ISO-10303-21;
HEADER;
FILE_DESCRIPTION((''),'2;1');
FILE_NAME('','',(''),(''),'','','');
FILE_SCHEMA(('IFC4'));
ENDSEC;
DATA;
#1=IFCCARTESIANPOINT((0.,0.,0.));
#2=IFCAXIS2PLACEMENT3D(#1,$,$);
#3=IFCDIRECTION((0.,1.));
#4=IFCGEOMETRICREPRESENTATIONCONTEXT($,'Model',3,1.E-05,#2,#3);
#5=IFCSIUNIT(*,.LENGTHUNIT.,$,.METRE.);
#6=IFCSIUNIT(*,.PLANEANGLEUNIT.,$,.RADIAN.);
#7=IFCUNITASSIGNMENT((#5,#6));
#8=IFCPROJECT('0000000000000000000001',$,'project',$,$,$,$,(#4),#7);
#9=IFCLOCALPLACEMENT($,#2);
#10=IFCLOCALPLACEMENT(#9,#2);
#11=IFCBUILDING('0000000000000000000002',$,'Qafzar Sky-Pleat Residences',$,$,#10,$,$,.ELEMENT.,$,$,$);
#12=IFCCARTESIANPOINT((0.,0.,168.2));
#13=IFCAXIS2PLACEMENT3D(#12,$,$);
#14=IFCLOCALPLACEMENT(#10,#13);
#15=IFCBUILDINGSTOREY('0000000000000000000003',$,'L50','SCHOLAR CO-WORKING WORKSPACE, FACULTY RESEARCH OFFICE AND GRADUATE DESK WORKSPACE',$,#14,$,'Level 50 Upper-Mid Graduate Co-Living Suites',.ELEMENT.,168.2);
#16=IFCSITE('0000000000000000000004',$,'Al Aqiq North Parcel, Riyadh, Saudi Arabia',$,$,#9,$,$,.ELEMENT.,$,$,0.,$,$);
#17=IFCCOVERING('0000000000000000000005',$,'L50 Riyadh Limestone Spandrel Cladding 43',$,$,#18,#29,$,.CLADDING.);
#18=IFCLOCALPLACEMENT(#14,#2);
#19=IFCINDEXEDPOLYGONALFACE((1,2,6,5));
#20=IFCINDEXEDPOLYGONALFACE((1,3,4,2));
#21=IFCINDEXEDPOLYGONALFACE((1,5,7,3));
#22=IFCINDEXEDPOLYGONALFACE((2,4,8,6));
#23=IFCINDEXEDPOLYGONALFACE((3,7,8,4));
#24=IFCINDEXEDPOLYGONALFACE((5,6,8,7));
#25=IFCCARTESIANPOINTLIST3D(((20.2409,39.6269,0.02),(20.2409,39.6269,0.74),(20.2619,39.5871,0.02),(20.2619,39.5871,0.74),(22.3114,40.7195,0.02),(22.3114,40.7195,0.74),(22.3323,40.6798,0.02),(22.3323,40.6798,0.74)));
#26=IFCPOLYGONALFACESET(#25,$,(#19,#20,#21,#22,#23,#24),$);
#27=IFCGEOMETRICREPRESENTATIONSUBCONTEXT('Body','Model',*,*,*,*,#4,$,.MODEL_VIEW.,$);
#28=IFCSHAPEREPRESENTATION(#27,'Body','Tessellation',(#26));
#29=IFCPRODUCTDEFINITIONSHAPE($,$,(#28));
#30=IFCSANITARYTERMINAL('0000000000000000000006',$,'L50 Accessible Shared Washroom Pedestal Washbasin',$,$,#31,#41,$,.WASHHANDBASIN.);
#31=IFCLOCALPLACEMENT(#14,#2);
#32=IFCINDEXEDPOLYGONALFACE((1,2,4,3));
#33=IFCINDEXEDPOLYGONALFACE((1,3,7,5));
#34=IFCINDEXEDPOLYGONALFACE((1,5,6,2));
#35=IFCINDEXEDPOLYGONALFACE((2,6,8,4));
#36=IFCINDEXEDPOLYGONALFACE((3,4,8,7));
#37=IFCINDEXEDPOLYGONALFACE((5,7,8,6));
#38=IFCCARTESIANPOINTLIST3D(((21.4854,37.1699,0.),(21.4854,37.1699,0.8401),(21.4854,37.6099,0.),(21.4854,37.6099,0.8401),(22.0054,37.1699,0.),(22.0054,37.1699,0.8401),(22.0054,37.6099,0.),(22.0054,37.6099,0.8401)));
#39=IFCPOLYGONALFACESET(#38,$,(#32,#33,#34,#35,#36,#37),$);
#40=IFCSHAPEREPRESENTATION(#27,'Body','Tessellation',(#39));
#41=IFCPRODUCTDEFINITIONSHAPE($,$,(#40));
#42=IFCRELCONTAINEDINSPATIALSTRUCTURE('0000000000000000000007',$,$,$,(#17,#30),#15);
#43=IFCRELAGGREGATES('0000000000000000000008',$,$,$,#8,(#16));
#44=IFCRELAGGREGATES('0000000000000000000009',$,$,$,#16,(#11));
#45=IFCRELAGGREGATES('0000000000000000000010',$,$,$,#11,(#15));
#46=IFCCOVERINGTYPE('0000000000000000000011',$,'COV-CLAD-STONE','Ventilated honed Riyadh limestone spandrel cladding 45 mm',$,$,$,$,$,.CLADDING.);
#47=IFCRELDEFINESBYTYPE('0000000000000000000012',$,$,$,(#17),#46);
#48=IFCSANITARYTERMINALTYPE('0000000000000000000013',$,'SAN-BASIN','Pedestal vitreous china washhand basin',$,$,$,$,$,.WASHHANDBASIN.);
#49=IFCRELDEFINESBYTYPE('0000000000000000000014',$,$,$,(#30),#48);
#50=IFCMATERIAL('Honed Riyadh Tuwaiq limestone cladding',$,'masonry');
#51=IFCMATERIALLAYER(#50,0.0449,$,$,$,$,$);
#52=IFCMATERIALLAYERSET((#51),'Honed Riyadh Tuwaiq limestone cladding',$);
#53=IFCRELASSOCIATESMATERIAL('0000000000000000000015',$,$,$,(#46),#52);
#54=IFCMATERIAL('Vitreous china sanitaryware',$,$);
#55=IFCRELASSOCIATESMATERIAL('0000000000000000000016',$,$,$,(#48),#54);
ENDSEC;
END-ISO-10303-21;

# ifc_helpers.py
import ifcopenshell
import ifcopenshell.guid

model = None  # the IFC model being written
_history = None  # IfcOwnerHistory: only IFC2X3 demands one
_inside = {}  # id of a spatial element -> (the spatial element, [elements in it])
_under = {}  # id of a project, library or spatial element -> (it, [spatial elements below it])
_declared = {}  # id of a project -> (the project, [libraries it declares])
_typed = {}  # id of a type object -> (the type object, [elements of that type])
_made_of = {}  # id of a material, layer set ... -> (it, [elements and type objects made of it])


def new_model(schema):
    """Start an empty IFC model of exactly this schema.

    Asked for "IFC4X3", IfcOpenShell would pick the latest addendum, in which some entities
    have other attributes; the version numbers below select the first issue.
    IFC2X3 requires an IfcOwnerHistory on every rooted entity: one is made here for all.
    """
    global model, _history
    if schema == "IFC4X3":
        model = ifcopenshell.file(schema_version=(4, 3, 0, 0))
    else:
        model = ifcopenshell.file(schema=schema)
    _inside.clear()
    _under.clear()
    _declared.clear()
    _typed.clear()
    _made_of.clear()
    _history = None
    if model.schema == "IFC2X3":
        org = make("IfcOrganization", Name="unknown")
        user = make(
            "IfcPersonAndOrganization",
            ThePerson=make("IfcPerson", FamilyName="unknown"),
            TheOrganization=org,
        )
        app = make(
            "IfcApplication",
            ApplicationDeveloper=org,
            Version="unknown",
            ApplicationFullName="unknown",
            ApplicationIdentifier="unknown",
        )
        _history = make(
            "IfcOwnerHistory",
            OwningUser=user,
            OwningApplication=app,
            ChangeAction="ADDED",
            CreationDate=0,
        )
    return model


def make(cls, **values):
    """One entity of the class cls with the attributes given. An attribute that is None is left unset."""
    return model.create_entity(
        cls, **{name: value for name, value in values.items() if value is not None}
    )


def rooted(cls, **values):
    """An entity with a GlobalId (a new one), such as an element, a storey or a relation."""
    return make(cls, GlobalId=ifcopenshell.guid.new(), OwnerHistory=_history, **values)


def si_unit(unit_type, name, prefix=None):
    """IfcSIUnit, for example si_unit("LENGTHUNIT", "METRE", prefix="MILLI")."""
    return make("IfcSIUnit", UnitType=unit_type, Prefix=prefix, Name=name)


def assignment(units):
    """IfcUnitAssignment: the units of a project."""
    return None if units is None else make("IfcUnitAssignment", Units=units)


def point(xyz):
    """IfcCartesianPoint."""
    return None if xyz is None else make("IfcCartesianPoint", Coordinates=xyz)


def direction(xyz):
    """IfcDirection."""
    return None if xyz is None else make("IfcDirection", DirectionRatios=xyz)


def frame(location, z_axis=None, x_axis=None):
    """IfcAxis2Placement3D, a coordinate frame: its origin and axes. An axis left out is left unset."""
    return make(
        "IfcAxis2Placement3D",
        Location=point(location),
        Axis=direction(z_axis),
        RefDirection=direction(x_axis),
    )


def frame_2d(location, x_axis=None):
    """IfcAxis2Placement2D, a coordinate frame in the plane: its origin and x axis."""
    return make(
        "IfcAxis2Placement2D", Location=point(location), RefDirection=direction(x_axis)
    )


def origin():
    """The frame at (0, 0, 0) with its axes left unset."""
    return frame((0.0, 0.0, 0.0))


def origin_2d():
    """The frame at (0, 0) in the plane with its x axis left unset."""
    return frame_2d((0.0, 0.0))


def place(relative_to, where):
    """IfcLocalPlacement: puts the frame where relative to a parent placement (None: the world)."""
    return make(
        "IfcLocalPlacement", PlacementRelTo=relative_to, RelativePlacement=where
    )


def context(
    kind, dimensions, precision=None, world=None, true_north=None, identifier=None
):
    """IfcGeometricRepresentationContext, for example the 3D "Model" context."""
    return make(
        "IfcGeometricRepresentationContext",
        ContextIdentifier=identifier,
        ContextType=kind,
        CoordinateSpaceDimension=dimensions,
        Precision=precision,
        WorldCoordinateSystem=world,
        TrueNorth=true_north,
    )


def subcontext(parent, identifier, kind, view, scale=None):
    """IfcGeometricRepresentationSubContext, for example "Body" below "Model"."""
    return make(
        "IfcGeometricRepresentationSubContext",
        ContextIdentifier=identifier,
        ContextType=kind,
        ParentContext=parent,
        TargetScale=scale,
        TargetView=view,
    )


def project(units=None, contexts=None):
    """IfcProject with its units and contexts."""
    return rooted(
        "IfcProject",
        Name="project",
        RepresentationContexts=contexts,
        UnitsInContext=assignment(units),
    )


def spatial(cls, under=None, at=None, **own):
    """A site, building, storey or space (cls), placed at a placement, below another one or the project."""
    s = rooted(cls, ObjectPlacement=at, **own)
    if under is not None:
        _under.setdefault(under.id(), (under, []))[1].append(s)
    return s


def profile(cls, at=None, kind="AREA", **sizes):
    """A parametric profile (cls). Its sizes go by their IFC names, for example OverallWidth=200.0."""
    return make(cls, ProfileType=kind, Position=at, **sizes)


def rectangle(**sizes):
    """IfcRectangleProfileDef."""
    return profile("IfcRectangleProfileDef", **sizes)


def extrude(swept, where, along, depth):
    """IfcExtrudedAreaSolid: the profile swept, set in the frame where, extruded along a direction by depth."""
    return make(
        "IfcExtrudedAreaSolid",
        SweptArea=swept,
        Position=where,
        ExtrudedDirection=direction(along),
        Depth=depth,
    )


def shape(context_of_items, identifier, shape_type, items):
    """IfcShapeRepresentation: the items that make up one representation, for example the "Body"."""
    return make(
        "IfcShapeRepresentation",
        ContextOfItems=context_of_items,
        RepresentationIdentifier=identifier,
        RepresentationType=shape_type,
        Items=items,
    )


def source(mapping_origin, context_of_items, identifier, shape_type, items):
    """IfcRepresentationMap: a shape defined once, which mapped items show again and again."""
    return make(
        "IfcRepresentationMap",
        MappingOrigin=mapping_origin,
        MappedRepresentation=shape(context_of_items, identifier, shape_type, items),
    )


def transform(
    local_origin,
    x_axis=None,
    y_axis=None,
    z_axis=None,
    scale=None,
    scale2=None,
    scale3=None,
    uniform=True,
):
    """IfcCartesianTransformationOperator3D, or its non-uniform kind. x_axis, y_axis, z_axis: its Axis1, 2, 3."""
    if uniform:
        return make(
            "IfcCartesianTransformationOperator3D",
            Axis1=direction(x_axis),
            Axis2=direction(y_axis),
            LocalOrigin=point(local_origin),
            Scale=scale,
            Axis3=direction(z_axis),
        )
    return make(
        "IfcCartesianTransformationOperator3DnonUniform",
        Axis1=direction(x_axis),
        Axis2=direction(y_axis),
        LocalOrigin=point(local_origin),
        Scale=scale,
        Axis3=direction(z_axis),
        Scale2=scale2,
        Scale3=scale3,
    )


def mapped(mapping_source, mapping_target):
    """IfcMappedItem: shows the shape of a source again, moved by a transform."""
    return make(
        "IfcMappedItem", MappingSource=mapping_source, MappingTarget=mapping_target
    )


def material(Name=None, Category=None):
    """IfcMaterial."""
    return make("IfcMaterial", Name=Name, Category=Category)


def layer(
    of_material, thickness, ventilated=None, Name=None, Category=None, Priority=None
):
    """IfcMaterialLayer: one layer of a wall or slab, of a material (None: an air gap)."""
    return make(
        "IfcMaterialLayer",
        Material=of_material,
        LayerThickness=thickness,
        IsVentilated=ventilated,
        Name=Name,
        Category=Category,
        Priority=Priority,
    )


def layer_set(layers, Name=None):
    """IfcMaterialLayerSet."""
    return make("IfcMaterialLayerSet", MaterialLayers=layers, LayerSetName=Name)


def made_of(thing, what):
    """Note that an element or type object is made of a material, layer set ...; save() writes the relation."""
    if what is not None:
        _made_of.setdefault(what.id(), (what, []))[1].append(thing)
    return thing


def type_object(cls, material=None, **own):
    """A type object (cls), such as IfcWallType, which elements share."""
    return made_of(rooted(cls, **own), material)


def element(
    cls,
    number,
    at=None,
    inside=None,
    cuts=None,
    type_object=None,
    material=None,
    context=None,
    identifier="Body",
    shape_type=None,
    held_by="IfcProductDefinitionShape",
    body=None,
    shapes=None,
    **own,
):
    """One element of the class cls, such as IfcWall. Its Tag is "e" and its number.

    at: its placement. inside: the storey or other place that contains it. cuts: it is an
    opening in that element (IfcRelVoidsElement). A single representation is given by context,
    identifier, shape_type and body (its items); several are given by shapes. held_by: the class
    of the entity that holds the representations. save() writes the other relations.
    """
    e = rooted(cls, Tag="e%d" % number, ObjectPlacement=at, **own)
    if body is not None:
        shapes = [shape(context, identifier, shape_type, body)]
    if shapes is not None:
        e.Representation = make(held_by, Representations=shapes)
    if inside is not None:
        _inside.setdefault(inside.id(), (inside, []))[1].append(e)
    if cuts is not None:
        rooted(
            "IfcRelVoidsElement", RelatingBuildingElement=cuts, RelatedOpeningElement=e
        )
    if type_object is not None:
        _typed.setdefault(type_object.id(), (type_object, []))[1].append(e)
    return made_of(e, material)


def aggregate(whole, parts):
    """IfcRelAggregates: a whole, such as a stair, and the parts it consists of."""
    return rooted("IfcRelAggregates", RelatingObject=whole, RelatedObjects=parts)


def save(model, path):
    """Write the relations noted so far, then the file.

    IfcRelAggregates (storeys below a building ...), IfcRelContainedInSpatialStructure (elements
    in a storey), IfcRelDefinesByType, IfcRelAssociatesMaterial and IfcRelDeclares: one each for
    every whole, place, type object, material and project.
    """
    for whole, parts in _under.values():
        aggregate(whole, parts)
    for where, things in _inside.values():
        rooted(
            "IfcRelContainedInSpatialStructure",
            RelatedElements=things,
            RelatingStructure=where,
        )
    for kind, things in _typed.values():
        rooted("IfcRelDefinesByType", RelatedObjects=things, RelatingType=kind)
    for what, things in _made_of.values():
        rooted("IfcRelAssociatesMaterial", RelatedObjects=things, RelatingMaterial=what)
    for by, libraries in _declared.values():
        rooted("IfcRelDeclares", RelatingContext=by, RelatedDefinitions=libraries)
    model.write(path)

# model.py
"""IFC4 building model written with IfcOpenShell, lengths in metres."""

from ifc_helpers import new_model, si_unit, direction, frame, origin, origin_2d, place, context, subcontext, project, spatial, rectangle, extrude, source, transform, mapped, material, layer, layer_set, type_object, element, save


model = new_model("IFC4")

# Units and contexts
model_context = context("Model", 3, precision=1e-05, world=origin(), true_north=direction((0.0, 1.0)))
body_context = subcontext(model_context, "Body", "Model", "MODEL_VIEW")
ifc_project = project(units=[si_unit("LENGTHUNIT", "METRE"), si_unit("PLANEANGLEUNIT", "RADIAN")], contexts=[model_context])

# Site, building, storey
site_placement = place(None, origin())
site = spatial("IfcSite", under=ifc_project, at=site_placement, Name="Al Aqiq North Parcel, Riyadh, Saudi Arabia", CompositionType="ELEMENT", RefElevation=0.0)
building_placement = place(site_placement, origin())
building = spatial("IfcBuilding", under=site, at=building_placement, Name="Qafzar Sky-Pleat Residences", CompositionType="ELEMENT")
storey_placement = place(building_placement, frame((0.0, 0.0, 168.2)))
storey = spatial("IfcBuildingStorey", under=building, at=storey_placement, Name="L50", Description="SCHOLAR CO-WORKING WORKSPACE, FACULTY RESEARCH OFFICE AND GRADUATE DESK WORKSPACE", LongName="Level 50 Upper-Mid Graduate Co-Living Suites", CompositionType="ELEMENT", Elevation=168.2)

# Covering
ifc_material_1 = material(Name="Honed Riyadh Tuwaiq limestone cladding", Category="masonry")
ifc_layer_1 = layer(ifc_material_1, 0.0449)
ifc_layer_set_1 = layer_set([ifc_layer_1], Name="Honed Riyadh Tuwaiq limestone cladding")
covering_type = type_object("IfcCoveringType", Name="COV-CLAD-STONE", Description="Ventilated honed Riyadh limestone spandrel cladding 45 mm", PredefinedType="CLADDING", material=ifc_layer_set_1)
shared_shape_1 = source(origin(), body_context, "Body", "SweptSolid", [
    extrude(rectangle(XDim=2.3411, YDim=0.0449, at=origin_2d()), origin(), (0.0, 0.0, 1.0), 0.72),
])
covering_placement = place(storey_placement, frame((21.2866, 40.1533, 0.02), z_axis=(0.0, 0.0, 1.0), x_axis=(-0.884402, -0.466727, 0.0)))
element("IfcCovering", 1, at=covering_placement, inside=storey, type_object=covering_type, Name="L50 Riyadh Limestone Spandrel Cladding 43", PredefinedType="CLADDING", context=body_context, shape_type="MappedRepresentation", body=[
    mapped(shared_shape_1, transform((0.0, 0.0, 0.0), x_axis=(1.0, 0.0, 0.0), y_axis=(0.0, 1.0, 0.0), z_axis=(0.0, 0.0, 1.0), scale=1.0)),
])

# Sanitary terminal
ifc_material_2 = material(Name="Vitreous china sanitaryware")
sanitary_terminal_type = type_object("IfcSanitaryTerminalType", Name="SAN-BASIN", Description="Pedestal vitreous china washhand basin", PredefinedType="WASHHANDBASIN", material=ifc_material_2)
shared_shape_2 = source(origin(), body_context, "Body", "SweptSolid", [
    extrude(rectangle(XDim=0.52, YDim=0.4399, at=origin_2d()), origin(), (0.0, 0.0, 1.0), 0.8401),
])
sanitary_terminal_placement = place(storey_placement, frame((21.7454, 37.3899, 0.0), z_axis=(0.0, 0.0, 1.0), x_axis=(1.0, 0.0, 0.0)))
element("IfcSanitaryTerminal", 2, at=sanitary_terminal_placement, inside=storey, type_object=sanitary_terminal_type, Name="L50 Accessible Shared Washroom Pedestal Washbasin", PredefinedType="WASHHANDBASIN", context=body_context, shape_type="MappedRepresentation", body=[
    mapped(shared_shape_2, transform((0.0, 0.0, 0.0), x_axis=(1.0, 0.0, 0.0), y_axis=(0.0, 1.0, 0.0), z_axis=(0.0, 0.0, 1.0), scale=1.0)),
])

save(model, "model.ifc")
